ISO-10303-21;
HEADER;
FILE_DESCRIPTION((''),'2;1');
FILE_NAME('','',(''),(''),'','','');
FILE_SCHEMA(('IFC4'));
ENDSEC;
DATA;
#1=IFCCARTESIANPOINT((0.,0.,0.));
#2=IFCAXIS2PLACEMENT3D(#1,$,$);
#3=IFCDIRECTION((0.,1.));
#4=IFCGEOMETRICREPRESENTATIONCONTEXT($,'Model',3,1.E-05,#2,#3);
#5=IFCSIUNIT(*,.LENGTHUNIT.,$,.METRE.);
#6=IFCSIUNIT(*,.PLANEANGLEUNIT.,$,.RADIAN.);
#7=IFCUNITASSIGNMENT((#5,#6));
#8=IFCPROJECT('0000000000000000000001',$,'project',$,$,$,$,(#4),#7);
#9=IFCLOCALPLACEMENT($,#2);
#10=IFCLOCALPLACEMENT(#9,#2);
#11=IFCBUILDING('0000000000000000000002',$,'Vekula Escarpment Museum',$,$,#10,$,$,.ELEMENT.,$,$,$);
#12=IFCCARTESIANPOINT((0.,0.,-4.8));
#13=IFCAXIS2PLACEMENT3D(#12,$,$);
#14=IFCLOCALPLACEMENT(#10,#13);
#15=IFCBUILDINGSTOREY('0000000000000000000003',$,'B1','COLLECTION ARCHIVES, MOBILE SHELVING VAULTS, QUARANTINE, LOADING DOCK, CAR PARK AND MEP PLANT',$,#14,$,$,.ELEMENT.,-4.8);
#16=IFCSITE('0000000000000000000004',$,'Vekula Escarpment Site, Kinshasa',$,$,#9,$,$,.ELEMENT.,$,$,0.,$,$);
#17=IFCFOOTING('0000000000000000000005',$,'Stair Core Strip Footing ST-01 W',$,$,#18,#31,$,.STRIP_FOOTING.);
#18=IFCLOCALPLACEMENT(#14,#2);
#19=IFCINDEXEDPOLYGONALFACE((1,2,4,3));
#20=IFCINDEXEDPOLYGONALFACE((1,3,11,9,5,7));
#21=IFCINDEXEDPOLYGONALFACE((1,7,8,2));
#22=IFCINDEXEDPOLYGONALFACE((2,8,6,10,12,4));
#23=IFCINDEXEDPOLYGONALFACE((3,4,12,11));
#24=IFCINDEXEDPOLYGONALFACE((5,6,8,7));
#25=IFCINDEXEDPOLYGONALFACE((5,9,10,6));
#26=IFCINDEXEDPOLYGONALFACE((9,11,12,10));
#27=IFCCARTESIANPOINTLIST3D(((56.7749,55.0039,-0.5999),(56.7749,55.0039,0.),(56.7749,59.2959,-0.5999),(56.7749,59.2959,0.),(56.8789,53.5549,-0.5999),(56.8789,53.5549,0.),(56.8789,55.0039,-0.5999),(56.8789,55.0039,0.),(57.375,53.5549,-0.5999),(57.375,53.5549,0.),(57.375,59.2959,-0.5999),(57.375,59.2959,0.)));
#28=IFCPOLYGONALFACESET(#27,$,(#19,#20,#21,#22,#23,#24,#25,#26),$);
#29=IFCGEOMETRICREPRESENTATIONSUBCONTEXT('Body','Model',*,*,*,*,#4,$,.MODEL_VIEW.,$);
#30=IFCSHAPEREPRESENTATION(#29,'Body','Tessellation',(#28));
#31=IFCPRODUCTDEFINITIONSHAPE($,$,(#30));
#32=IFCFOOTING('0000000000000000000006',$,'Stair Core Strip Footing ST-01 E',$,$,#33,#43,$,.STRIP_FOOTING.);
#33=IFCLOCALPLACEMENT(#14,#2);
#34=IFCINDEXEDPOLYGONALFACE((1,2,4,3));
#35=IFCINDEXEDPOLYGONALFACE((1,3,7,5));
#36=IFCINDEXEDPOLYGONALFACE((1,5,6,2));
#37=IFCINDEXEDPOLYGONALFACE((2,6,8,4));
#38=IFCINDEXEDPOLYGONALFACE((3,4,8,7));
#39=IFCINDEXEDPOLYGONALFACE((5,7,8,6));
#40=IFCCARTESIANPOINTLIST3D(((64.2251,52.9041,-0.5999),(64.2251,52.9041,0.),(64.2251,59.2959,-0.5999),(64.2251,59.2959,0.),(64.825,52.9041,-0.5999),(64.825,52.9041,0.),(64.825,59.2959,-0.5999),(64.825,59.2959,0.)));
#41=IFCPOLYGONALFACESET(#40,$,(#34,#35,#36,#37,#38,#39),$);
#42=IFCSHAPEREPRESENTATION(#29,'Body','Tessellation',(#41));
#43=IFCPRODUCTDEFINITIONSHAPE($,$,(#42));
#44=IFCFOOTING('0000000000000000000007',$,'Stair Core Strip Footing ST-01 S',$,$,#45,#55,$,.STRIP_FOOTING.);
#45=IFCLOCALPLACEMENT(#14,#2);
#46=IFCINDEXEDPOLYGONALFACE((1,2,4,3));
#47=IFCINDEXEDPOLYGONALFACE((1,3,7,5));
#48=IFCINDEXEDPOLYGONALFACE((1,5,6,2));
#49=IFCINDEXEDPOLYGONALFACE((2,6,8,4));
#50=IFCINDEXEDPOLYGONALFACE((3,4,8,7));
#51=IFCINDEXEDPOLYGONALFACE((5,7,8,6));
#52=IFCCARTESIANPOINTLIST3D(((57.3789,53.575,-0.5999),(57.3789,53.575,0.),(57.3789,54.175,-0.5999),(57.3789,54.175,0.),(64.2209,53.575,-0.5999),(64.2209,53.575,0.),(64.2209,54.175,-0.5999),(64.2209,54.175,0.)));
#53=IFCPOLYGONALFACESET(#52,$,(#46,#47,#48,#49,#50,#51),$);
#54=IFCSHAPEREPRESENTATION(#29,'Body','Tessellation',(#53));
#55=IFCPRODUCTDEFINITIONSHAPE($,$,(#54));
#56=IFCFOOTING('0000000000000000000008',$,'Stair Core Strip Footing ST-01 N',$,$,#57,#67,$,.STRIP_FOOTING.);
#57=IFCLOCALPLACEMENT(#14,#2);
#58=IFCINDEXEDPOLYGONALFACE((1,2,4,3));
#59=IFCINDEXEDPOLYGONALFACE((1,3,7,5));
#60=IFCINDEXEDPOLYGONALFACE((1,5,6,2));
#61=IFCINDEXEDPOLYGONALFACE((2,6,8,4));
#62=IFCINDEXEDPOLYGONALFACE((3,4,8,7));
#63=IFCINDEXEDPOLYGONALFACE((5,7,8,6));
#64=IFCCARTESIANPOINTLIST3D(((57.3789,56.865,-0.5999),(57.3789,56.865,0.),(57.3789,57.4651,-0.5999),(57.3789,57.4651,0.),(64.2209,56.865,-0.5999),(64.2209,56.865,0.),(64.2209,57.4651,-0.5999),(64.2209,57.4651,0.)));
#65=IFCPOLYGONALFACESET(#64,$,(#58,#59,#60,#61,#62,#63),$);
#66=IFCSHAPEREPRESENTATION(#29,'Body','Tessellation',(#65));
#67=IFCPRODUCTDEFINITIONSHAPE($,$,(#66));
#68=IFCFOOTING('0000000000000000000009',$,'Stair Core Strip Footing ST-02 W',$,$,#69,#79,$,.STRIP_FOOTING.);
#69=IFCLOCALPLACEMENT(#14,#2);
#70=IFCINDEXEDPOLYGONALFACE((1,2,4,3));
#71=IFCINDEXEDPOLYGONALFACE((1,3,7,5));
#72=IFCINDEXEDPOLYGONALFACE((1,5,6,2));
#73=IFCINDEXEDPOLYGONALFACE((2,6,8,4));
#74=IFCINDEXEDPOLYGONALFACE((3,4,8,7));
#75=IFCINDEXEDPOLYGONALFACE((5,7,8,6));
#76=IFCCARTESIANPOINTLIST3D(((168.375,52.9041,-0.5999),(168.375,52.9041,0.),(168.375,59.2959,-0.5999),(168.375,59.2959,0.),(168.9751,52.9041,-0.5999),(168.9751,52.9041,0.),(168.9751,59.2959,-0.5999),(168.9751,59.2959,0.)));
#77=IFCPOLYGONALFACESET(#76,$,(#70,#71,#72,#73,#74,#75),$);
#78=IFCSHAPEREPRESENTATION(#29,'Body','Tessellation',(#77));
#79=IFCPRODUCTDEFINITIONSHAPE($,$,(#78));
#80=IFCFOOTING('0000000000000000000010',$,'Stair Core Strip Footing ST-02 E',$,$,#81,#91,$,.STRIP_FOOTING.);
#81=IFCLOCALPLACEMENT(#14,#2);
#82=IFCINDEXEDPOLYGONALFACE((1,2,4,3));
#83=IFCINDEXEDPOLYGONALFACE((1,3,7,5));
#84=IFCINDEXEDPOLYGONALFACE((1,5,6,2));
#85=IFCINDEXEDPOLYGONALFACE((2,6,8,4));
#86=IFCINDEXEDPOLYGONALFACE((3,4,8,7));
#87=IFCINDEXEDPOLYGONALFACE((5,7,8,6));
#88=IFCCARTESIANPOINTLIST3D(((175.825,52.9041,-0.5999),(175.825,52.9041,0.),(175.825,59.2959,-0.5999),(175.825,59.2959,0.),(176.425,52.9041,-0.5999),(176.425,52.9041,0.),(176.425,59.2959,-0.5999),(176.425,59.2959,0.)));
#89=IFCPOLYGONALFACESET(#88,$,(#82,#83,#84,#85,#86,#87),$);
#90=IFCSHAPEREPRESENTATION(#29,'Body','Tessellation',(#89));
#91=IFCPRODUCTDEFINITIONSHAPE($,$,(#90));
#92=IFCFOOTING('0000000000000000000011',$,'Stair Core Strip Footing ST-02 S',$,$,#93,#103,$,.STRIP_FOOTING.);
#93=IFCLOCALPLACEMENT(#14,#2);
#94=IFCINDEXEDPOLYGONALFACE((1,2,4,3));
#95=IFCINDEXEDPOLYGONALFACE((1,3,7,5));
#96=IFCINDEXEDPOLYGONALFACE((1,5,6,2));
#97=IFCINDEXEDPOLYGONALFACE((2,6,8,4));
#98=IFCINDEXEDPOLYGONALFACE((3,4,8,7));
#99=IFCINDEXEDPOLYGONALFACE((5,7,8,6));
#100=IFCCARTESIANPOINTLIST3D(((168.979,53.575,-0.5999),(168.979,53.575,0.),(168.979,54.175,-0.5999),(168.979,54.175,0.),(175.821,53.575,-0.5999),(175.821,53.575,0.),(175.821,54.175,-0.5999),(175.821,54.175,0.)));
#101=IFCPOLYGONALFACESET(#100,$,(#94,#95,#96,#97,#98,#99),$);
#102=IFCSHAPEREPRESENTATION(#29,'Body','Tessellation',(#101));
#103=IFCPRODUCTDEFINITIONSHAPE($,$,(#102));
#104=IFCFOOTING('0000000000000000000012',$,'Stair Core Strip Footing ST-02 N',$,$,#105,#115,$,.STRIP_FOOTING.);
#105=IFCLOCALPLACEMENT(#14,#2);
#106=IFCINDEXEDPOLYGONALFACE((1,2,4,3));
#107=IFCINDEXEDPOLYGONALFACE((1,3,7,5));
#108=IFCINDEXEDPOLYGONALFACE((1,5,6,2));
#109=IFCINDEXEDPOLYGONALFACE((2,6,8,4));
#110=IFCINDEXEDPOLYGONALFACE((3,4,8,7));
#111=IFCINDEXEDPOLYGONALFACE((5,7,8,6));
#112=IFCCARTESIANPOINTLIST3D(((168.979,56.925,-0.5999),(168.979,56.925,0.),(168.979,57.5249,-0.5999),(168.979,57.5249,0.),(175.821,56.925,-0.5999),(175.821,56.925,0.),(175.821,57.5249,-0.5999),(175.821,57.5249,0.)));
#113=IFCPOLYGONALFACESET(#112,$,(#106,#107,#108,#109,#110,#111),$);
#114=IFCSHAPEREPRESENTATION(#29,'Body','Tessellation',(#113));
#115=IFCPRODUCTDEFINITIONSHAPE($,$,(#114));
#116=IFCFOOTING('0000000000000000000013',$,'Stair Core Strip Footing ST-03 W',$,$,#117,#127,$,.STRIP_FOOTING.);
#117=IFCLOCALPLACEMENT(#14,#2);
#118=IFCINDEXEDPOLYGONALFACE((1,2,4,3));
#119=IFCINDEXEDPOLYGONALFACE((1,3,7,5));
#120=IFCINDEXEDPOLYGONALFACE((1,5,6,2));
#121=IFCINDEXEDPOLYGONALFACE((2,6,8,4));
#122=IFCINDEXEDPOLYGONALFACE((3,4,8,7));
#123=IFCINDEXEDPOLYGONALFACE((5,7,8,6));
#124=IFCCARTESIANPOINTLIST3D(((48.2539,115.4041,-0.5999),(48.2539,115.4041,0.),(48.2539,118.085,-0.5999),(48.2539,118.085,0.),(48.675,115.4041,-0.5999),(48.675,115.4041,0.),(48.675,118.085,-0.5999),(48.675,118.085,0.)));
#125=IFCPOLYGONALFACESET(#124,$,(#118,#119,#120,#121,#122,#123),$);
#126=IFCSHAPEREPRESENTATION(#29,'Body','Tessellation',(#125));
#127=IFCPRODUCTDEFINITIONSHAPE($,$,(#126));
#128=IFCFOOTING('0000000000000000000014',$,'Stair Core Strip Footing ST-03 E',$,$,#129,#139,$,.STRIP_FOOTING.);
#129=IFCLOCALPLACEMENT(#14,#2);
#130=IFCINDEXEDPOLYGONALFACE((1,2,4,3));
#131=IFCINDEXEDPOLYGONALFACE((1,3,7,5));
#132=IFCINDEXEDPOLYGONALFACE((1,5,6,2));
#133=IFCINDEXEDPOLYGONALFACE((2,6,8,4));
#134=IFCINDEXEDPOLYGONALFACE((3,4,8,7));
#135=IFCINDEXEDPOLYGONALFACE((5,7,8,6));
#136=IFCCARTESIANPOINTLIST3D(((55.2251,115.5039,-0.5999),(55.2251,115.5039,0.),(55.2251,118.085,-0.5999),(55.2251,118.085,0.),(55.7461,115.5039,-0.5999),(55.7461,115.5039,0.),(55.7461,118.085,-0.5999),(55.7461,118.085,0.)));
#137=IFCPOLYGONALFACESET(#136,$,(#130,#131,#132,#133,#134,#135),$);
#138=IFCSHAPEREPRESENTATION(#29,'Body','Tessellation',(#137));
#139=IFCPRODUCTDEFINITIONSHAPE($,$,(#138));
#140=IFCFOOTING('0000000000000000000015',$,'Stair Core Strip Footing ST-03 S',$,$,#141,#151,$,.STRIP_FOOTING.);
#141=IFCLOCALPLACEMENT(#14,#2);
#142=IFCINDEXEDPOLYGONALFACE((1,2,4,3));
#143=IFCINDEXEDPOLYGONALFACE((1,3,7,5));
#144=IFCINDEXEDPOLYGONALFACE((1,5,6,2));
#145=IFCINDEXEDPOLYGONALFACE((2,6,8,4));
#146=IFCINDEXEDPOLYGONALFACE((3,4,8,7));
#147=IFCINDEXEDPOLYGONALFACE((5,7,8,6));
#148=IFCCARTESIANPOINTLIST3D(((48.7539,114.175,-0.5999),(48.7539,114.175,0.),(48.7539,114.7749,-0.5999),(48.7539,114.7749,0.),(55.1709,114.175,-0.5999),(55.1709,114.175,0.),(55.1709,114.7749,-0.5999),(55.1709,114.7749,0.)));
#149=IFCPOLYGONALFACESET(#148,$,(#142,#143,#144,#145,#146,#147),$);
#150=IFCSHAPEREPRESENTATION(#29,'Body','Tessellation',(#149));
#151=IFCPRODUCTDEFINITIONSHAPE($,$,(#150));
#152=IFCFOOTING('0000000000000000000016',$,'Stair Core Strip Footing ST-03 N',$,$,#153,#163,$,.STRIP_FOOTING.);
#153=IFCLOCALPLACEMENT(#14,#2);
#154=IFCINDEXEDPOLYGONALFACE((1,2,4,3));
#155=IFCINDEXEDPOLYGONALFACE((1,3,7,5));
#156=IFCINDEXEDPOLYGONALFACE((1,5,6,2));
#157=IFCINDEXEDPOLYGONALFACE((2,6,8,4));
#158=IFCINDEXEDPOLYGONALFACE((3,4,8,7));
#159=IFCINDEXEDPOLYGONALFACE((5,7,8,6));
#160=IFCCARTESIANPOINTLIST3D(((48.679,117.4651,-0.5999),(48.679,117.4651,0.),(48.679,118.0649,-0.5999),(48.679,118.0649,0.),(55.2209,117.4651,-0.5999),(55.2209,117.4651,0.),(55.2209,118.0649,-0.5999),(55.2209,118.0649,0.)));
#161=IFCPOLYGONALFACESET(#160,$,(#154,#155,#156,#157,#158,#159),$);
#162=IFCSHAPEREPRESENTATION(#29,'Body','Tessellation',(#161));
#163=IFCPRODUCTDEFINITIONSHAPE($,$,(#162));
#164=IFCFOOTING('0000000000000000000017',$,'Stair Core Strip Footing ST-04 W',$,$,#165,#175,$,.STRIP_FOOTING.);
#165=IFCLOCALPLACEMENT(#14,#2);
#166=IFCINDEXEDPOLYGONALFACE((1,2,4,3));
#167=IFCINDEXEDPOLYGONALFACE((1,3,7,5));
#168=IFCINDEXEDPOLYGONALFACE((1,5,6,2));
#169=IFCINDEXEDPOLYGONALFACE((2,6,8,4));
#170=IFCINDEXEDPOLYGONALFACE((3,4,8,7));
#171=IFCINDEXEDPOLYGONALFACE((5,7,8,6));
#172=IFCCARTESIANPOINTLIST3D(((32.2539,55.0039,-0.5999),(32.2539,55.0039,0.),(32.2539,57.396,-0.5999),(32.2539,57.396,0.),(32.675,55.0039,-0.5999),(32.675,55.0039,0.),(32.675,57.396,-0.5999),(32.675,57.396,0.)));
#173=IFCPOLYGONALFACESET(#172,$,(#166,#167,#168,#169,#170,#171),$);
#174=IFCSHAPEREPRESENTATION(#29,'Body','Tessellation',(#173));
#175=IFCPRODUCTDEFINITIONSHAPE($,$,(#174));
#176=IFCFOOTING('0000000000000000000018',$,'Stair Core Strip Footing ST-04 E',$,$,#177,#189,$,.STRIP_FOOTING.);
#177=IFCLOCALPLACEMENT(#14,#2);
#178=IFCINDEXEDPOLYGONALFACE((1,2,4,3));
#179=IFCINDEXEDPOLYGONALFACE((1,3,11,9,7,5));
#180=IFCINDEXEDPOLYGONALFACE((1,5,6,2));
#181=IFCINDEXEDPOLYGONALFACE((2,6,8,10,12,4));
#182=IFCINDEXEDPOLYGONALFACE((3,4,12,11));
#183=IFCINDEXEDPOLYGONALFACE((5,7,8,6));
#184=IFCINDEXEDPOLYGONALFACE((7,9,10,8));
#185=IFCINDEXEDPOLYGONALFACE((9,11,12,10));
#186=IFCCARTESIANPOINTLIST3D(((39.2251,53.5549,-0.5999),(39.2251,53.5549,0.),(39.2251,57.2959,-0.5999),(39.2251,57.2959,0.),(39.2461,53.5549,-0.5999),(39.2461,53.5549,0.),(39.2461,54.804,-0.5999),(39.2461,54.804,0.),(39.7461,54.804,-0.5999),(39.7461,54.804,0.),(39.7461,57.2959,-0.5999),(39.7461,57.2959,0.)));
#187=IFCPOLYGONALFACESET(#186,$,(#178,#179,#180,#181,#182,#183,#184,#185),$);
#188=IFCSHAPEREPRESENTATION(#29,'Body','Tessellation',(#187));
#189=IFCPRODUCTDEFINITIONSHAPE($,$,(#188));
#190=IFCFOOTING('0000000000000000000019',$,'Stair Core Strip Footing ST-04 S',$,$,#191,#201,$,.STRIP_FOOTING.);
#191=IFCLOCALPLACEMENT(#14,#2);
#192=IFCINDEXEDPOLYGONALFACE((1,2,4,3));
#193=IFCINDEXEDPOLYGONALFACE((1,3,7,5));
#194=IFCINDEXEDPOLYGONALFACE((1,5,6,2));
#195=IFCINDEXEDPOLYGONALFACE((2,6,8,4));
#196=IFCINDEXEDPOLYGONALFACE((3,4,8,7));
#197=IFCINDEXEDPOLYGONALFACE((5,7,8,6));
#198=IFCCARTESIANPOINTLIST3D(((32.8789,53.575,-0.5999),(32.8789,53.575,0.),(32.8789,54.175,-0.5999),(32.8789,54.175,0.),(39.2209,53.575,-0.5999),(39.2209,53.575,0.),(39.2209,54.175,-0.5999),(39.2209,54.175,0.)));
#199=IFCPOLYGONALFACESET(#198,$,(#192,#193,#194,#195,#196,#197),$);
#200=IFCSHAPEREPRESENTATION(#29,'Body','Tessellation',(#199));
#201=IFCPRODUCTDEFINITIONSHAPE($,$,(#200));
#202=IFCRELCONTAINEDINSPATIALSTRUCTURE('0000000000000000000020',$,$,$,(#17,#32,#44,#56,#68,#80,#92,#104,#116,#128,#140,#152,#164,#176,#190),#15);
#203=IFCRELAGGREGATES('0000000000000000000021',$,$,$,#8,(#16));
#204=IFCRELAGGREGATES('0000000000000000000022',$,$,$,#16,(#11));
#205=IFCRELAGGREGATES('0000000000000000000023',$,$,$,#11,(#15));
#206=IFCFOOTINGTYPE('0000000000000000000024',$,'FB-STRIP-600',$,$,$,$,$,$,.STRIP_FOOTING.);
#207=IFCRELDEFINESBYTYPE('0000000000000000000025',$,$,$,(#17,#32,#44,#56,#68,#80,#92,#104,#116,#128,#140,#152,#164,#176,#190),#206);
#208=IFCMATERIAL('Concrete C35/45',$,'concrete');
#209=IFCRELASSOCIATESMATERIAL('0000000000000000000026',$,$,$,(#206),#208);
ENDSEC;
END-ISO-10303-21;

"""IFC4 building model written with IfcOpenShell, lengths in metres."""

from ifc_helpers import new_model, si_unit, direction, frame, origin, place, context, subcontext, project, spatial, polyline, outline, extrude, material, type_object, element, save


model = new_model("IFC4")

# Units and contexts
model_context = context("Model", 3, precision=1e-05, world=origin(), true_north=direction((0.0, 1.0)))
body_context = subcontext(model_context, "Body", "Model", "MODEL_VIEW")
ifc_project = project(units=[si_unit("LENGTHUNIT", "METRE"), si_unit("PLANEANGLEUNIT", "RADIAN")], contexts=[model_context])

# Site, building, storey
site_placement = place(None, origin())
site = spatial("IfcSite", under=ifc_project, at=site_placement, Name="Vekula Escarpment Site, Kinshasa", CompositionType="ELEMENT", RefElevation=0.0)
building_placement = place(site_placement, origin())
building = spatial("IfcBuilding", under=site, at=building_placement, Name="Vekula Escarpment Museum", CompositionType="ELEMENT")
storey_placement = place(building_placement, frame((0.0, 0.0, -4.8)))
storey = spatial("IfcBuildingStorey", under=building, at=storey_placement, Name="B1", Description="COLLECTION ARCHIVES, MOBILE SHELVING VAULTS, QUARANTINE, LOADING DOCK, CAR PARK AND MEP PLANT", CompositionType="ELEMENT", Elevation=-4.8)

# Footings
ifc_material_1 = material(Name="Concrete C35/45", Category="concrete")
footing_type = type_object("IfcFootingType", Name="FB-STRIP-600", PredefinedType="STRIP_FOOTING", material=ifc_material_1)
footing_1_placement = place(storey_placement, frame((0.0, 0.0, -0.5999)))
element("IfcFooting", 1, at=footing_1_placement, inside=storey, type_object=footing_type, Name="Stair Core Strip Footing ST-01 W", PredefinedType="STRIP_FOOTING", context=body_context, shape_type="SweptSolid", body=[
    extrude(outline(polyline([(57.375, 53.5549), (56.8789, 53.5549), (56.8789, 55.0039), (56.7749, 55.0039), (56.7749, 59.2959), (57.375, 59.2959), (57.375, 53.5549)])), origin(), (0.0, 0.0, 1.0), 0.5999),
])
footing_2_placement = place(storey_placement, frame((0.0, 0.0, -0.5999)))
element("IfcFooting", 2, at=footing_2_placement, inside=storey, type_object=footing_type, Name="Stair Core Strip Footing ST-01 E", PredefinedType="STRIP_FOOTING", context=body_context, shape_type="SweptSolid", body=[
    extrude(outline(polyline([(64.825, 52.9041), (64.2251, 52.9041), (64.2251, 59.2959), (64.825, 59.2959), (64.825, 52.9041)])), origin(), (0.0, 0.0, 1.0), 0.5999),
])
footing_3_placement = place(storey_placement, frame((0.0, 0.0, -0.5999)))
element("IfcFooting", 3, at=footing_3_placement, inside=storey, type_object=footing_type, Name="Stair Core Strip Footing ST-01 S", PredefinedType="STRIP_FOOTING", context=body_context, shape_type="SweptSolid", body=[
    extrude(outline(polyline([(57.3789, 53.575), (57.3789, 54.175), (64.2209, 54.175), (64.2209, 53.575), (57.3789, 53.575)])), origin(), (0.0, 0.0, 1.0), 0.5999),
])
footing_4_placement = place(storey_placement, frame((0.0, 0.0, -0.5999)))
element("IfcFooting", 4, at=footing_4_placement, inside=storey, type_object=footing_type, Name="Stair Core Strip Footing ST-01 N", PredefinedType="STRIP_FOOTING", context=body_context, shape_type="SweptSolid", body=[
    extrude(outline(polyline([(57.3789, 56.865), (57.3789, 57.4651), (64.2209, 57.4651), (64.2209, 56.865), (57.3789, 56.865)])), origin(), (0.0, 0.0, 1.0), 0.5999),
])
footing_5_placement = place(storey_placement, frame((0.0, 0.0, -0.5999)))
element("IfcFooting", 5, at=footing_5_placement, inside=storey, type_object=footing_type, Name="Stair Core Strip Footing ST-02 W", PredefinedType="STRIP_FOOTING", context=body_context, shape_type="SweptSolid", body=[
    extrude(outline(polyline([(168.9751, 52.9041), (168.375, 52.9041), (168.375, 59.2959), (168.9751, 59.2959), (168.9751, 52.9041)])), origin(), (0.0, 0.0, 1.0), 0.5999),
])
footing_6_placement = place(storey_placement, frame((0.0, 0.0, -0.5999)))
element("IfcFooting", 6, at=footing_6_placement, inside=storey, type_object=footing_type, Name="Stair Core Strip Footing ST-02 E", PredefinedType="STRIP_FOOTING", context=body_context, shape_type="SweptSolid", body=[
    extrude(outline(polyline([(176.425, 52.9041), (175.825, 52.9041), (175.825, 59.2959), (176.425, 59.2959), (176.425, 52.9041)])), origin(), (0.0, 0.0, 1.0), 0.5999),
])
footing_7_placement = place(storey_placement, frame((0.0, 0.0, -0.5999)))
element("IfcFooting", 7, at=footing_7_placement, inside=storey, type_object=footing_type, Name="Stair Core Strip Footing ST-02 S", PredefinedType="STRIP_FOOTING", context=body_context, shape_type="SweptSolid", body=[
    extrude(outline(polyline([(168.979, 53.575), (168.979, 54.175), (175.821, 54.175), (175.821, 53.575), (168.979, 53.575)])), origin(), (0.0, 0.0, 1.0), 0.5999),
])
footing_8_placement = place(storey_placement, frame((0.0, 0.0, -0.5999)))
element("IfcFooting", 8, at=footing_8_placement, inside=storey, type_object=footing_type, Name="Stair Core Strip Footing ST-02 N", PredefinedType="STRIP_FOOTING", context=body_context, shape_type="SweptSolid", body=[
    extrude(outline(polyline([(168.979, 56.925), (168.979, 57.5249), (175.821, 57.5249), (175.821, 56.925), (168.979, 56.925)])), origin(), (0.0, 0.0, 1.0), 0.5999),
])
footing_9_placement = place(storey_placement, frame((0.0, 0.0, -0.5999)))
element("IfcFooting", 9, at=footing_9_placement, inside=storey, type_object=footing_type, Name="Stair Core Strip Footing ST-03 W", PredefinedType="STRIP_FOOTING", context=body_context, shape_type="SweptSolid", body=[
    extrude(outline(polyline([(48.675, 118.085), (48.675, 115.4041), (48.2539, 115.4041), (48.2539, 118.085), (48.675, 118.085)])), origin(), (0.0, 0.0, 1.0), 0.5999),
])
footing_10_placement = place(storey_placement, frame((0.0, 0.0, -0.5999)))
element("IfcFooting", 10, at=footing_10_placement, inside=storey, type_object=footing_type, Name="Stair Core Strip Footing ST-03 E", PredefinedType="STRIP_FOOTING", context=body_context, shape_type="SweptSolid", body=[
    extrude(outline(polyline([(55.2251, 118.085), (55.7461, 118.085), (55.7461, 115.5039), (55.2251, 115.5039), (55.2251, 118.085)])), origin(), (0.0, 0.0, 1.0), 0.5999),
])
footing_11_placement = place(storey_placement, frame((0.0, 0.0, -0.5999)))
element("IfcFooting", 11, at=footing_11_placement, inside=storey, type_object=footing_type, Name="Stair Core Strip Footing ST-03 S", PredefinedType="STRIP_FOOTING", context=body_context, shape_type="SweptSolid", body=[
    extrude(outline(polyline([(48.7539, 114.175), (48.7539, 114.7749), (55.1709, 114.7749), (55.1709, 114.175), (48.7539, 114.175)])), origin(), (0.0, 0.0, 1.0), 0.5999),
])
footing_12_placement = place(storey_placement, frame((0.0, 0.0, -0.5999)))
element("IfcFooting", 12, at=footing_12_placement, inside=storey, type_object=footing_type, Name="Stair Core Strip Footing ST-03 N", PredefinedType="STRIP_FOOTING", context=body_context, shape_type="SweptSolid", body=[
    extrude(outline(polyline([(48.679, 117.4651), (48.679, 118.0649), (55.2209, 118.0649), (55.2209, 117.4651), (48.679, 117.4651)])), origin(), (0.0, 0.0, 1.0), 0.5999),
])
footing_13_placement = place(storey_placement, frame((0.0, 0.0, -0.5999)))
element("IfcFooting", 13, at=footing_13_placement, inside=storey, type_object=footing_type, Name="Stair Core Strip Footing ST-04 W", PredefinedType="STRIP_FOOTING", context=body_context, shape_type="SweptSolid", body=[
    extrude(outline(polyline([(32.675, 55.0039), (32.2539, 55.0039), (32.2539, 57.396), (32.675, 57.396), (32.675, 55.0039)])), origin(), (0.0, 0.0, 1.0), 0.5999),
])
footing_14_placement = place(storey_placement, frame((0.0, 0.0, -0.5999)))
element("IfcFooting", 14, at=footing_14_placement, inside=storey, type_object=footing_type, Name="Stair Core Strip Footing ST-04 E", PredefinedType="STRIP_FOOTING", context=body_context, shape_type="SweptSolid", body=[
    extrude(outline(polyline([(39.2251, 53.5549), (39.2251, 57.2959), (39.7461, 57.2959), (39.7461, 54.804), (39.2461, 54.804), (39.2461, 53.5549), (39.2251, 53.5549)])), origin(), (0.0, 0.0, 1.0), 0.5999),
])
footing_15_placement = place(storey_placement, frame((0.0, 0.0, -0.5999)))
element("IfcFooting", 15, at=footing_15_placement, inside=storey, type_object=footing_type, Name="Stair Core Strip Footing ST-04 S", PredefinedType="STRIP_FOOTING", context=body_context, shape_type="SweptSolid", body=[
    extrude(outline(polyline([(32.8789, 53.575), (32.8789, 54.175), (39.2209, 54.175), (39.2209, 53.575), (32.8789, 53.575)])), origin(), (0.0, 0.0, 1.0), 0.5999),
])

save(model, "model.ifc")
